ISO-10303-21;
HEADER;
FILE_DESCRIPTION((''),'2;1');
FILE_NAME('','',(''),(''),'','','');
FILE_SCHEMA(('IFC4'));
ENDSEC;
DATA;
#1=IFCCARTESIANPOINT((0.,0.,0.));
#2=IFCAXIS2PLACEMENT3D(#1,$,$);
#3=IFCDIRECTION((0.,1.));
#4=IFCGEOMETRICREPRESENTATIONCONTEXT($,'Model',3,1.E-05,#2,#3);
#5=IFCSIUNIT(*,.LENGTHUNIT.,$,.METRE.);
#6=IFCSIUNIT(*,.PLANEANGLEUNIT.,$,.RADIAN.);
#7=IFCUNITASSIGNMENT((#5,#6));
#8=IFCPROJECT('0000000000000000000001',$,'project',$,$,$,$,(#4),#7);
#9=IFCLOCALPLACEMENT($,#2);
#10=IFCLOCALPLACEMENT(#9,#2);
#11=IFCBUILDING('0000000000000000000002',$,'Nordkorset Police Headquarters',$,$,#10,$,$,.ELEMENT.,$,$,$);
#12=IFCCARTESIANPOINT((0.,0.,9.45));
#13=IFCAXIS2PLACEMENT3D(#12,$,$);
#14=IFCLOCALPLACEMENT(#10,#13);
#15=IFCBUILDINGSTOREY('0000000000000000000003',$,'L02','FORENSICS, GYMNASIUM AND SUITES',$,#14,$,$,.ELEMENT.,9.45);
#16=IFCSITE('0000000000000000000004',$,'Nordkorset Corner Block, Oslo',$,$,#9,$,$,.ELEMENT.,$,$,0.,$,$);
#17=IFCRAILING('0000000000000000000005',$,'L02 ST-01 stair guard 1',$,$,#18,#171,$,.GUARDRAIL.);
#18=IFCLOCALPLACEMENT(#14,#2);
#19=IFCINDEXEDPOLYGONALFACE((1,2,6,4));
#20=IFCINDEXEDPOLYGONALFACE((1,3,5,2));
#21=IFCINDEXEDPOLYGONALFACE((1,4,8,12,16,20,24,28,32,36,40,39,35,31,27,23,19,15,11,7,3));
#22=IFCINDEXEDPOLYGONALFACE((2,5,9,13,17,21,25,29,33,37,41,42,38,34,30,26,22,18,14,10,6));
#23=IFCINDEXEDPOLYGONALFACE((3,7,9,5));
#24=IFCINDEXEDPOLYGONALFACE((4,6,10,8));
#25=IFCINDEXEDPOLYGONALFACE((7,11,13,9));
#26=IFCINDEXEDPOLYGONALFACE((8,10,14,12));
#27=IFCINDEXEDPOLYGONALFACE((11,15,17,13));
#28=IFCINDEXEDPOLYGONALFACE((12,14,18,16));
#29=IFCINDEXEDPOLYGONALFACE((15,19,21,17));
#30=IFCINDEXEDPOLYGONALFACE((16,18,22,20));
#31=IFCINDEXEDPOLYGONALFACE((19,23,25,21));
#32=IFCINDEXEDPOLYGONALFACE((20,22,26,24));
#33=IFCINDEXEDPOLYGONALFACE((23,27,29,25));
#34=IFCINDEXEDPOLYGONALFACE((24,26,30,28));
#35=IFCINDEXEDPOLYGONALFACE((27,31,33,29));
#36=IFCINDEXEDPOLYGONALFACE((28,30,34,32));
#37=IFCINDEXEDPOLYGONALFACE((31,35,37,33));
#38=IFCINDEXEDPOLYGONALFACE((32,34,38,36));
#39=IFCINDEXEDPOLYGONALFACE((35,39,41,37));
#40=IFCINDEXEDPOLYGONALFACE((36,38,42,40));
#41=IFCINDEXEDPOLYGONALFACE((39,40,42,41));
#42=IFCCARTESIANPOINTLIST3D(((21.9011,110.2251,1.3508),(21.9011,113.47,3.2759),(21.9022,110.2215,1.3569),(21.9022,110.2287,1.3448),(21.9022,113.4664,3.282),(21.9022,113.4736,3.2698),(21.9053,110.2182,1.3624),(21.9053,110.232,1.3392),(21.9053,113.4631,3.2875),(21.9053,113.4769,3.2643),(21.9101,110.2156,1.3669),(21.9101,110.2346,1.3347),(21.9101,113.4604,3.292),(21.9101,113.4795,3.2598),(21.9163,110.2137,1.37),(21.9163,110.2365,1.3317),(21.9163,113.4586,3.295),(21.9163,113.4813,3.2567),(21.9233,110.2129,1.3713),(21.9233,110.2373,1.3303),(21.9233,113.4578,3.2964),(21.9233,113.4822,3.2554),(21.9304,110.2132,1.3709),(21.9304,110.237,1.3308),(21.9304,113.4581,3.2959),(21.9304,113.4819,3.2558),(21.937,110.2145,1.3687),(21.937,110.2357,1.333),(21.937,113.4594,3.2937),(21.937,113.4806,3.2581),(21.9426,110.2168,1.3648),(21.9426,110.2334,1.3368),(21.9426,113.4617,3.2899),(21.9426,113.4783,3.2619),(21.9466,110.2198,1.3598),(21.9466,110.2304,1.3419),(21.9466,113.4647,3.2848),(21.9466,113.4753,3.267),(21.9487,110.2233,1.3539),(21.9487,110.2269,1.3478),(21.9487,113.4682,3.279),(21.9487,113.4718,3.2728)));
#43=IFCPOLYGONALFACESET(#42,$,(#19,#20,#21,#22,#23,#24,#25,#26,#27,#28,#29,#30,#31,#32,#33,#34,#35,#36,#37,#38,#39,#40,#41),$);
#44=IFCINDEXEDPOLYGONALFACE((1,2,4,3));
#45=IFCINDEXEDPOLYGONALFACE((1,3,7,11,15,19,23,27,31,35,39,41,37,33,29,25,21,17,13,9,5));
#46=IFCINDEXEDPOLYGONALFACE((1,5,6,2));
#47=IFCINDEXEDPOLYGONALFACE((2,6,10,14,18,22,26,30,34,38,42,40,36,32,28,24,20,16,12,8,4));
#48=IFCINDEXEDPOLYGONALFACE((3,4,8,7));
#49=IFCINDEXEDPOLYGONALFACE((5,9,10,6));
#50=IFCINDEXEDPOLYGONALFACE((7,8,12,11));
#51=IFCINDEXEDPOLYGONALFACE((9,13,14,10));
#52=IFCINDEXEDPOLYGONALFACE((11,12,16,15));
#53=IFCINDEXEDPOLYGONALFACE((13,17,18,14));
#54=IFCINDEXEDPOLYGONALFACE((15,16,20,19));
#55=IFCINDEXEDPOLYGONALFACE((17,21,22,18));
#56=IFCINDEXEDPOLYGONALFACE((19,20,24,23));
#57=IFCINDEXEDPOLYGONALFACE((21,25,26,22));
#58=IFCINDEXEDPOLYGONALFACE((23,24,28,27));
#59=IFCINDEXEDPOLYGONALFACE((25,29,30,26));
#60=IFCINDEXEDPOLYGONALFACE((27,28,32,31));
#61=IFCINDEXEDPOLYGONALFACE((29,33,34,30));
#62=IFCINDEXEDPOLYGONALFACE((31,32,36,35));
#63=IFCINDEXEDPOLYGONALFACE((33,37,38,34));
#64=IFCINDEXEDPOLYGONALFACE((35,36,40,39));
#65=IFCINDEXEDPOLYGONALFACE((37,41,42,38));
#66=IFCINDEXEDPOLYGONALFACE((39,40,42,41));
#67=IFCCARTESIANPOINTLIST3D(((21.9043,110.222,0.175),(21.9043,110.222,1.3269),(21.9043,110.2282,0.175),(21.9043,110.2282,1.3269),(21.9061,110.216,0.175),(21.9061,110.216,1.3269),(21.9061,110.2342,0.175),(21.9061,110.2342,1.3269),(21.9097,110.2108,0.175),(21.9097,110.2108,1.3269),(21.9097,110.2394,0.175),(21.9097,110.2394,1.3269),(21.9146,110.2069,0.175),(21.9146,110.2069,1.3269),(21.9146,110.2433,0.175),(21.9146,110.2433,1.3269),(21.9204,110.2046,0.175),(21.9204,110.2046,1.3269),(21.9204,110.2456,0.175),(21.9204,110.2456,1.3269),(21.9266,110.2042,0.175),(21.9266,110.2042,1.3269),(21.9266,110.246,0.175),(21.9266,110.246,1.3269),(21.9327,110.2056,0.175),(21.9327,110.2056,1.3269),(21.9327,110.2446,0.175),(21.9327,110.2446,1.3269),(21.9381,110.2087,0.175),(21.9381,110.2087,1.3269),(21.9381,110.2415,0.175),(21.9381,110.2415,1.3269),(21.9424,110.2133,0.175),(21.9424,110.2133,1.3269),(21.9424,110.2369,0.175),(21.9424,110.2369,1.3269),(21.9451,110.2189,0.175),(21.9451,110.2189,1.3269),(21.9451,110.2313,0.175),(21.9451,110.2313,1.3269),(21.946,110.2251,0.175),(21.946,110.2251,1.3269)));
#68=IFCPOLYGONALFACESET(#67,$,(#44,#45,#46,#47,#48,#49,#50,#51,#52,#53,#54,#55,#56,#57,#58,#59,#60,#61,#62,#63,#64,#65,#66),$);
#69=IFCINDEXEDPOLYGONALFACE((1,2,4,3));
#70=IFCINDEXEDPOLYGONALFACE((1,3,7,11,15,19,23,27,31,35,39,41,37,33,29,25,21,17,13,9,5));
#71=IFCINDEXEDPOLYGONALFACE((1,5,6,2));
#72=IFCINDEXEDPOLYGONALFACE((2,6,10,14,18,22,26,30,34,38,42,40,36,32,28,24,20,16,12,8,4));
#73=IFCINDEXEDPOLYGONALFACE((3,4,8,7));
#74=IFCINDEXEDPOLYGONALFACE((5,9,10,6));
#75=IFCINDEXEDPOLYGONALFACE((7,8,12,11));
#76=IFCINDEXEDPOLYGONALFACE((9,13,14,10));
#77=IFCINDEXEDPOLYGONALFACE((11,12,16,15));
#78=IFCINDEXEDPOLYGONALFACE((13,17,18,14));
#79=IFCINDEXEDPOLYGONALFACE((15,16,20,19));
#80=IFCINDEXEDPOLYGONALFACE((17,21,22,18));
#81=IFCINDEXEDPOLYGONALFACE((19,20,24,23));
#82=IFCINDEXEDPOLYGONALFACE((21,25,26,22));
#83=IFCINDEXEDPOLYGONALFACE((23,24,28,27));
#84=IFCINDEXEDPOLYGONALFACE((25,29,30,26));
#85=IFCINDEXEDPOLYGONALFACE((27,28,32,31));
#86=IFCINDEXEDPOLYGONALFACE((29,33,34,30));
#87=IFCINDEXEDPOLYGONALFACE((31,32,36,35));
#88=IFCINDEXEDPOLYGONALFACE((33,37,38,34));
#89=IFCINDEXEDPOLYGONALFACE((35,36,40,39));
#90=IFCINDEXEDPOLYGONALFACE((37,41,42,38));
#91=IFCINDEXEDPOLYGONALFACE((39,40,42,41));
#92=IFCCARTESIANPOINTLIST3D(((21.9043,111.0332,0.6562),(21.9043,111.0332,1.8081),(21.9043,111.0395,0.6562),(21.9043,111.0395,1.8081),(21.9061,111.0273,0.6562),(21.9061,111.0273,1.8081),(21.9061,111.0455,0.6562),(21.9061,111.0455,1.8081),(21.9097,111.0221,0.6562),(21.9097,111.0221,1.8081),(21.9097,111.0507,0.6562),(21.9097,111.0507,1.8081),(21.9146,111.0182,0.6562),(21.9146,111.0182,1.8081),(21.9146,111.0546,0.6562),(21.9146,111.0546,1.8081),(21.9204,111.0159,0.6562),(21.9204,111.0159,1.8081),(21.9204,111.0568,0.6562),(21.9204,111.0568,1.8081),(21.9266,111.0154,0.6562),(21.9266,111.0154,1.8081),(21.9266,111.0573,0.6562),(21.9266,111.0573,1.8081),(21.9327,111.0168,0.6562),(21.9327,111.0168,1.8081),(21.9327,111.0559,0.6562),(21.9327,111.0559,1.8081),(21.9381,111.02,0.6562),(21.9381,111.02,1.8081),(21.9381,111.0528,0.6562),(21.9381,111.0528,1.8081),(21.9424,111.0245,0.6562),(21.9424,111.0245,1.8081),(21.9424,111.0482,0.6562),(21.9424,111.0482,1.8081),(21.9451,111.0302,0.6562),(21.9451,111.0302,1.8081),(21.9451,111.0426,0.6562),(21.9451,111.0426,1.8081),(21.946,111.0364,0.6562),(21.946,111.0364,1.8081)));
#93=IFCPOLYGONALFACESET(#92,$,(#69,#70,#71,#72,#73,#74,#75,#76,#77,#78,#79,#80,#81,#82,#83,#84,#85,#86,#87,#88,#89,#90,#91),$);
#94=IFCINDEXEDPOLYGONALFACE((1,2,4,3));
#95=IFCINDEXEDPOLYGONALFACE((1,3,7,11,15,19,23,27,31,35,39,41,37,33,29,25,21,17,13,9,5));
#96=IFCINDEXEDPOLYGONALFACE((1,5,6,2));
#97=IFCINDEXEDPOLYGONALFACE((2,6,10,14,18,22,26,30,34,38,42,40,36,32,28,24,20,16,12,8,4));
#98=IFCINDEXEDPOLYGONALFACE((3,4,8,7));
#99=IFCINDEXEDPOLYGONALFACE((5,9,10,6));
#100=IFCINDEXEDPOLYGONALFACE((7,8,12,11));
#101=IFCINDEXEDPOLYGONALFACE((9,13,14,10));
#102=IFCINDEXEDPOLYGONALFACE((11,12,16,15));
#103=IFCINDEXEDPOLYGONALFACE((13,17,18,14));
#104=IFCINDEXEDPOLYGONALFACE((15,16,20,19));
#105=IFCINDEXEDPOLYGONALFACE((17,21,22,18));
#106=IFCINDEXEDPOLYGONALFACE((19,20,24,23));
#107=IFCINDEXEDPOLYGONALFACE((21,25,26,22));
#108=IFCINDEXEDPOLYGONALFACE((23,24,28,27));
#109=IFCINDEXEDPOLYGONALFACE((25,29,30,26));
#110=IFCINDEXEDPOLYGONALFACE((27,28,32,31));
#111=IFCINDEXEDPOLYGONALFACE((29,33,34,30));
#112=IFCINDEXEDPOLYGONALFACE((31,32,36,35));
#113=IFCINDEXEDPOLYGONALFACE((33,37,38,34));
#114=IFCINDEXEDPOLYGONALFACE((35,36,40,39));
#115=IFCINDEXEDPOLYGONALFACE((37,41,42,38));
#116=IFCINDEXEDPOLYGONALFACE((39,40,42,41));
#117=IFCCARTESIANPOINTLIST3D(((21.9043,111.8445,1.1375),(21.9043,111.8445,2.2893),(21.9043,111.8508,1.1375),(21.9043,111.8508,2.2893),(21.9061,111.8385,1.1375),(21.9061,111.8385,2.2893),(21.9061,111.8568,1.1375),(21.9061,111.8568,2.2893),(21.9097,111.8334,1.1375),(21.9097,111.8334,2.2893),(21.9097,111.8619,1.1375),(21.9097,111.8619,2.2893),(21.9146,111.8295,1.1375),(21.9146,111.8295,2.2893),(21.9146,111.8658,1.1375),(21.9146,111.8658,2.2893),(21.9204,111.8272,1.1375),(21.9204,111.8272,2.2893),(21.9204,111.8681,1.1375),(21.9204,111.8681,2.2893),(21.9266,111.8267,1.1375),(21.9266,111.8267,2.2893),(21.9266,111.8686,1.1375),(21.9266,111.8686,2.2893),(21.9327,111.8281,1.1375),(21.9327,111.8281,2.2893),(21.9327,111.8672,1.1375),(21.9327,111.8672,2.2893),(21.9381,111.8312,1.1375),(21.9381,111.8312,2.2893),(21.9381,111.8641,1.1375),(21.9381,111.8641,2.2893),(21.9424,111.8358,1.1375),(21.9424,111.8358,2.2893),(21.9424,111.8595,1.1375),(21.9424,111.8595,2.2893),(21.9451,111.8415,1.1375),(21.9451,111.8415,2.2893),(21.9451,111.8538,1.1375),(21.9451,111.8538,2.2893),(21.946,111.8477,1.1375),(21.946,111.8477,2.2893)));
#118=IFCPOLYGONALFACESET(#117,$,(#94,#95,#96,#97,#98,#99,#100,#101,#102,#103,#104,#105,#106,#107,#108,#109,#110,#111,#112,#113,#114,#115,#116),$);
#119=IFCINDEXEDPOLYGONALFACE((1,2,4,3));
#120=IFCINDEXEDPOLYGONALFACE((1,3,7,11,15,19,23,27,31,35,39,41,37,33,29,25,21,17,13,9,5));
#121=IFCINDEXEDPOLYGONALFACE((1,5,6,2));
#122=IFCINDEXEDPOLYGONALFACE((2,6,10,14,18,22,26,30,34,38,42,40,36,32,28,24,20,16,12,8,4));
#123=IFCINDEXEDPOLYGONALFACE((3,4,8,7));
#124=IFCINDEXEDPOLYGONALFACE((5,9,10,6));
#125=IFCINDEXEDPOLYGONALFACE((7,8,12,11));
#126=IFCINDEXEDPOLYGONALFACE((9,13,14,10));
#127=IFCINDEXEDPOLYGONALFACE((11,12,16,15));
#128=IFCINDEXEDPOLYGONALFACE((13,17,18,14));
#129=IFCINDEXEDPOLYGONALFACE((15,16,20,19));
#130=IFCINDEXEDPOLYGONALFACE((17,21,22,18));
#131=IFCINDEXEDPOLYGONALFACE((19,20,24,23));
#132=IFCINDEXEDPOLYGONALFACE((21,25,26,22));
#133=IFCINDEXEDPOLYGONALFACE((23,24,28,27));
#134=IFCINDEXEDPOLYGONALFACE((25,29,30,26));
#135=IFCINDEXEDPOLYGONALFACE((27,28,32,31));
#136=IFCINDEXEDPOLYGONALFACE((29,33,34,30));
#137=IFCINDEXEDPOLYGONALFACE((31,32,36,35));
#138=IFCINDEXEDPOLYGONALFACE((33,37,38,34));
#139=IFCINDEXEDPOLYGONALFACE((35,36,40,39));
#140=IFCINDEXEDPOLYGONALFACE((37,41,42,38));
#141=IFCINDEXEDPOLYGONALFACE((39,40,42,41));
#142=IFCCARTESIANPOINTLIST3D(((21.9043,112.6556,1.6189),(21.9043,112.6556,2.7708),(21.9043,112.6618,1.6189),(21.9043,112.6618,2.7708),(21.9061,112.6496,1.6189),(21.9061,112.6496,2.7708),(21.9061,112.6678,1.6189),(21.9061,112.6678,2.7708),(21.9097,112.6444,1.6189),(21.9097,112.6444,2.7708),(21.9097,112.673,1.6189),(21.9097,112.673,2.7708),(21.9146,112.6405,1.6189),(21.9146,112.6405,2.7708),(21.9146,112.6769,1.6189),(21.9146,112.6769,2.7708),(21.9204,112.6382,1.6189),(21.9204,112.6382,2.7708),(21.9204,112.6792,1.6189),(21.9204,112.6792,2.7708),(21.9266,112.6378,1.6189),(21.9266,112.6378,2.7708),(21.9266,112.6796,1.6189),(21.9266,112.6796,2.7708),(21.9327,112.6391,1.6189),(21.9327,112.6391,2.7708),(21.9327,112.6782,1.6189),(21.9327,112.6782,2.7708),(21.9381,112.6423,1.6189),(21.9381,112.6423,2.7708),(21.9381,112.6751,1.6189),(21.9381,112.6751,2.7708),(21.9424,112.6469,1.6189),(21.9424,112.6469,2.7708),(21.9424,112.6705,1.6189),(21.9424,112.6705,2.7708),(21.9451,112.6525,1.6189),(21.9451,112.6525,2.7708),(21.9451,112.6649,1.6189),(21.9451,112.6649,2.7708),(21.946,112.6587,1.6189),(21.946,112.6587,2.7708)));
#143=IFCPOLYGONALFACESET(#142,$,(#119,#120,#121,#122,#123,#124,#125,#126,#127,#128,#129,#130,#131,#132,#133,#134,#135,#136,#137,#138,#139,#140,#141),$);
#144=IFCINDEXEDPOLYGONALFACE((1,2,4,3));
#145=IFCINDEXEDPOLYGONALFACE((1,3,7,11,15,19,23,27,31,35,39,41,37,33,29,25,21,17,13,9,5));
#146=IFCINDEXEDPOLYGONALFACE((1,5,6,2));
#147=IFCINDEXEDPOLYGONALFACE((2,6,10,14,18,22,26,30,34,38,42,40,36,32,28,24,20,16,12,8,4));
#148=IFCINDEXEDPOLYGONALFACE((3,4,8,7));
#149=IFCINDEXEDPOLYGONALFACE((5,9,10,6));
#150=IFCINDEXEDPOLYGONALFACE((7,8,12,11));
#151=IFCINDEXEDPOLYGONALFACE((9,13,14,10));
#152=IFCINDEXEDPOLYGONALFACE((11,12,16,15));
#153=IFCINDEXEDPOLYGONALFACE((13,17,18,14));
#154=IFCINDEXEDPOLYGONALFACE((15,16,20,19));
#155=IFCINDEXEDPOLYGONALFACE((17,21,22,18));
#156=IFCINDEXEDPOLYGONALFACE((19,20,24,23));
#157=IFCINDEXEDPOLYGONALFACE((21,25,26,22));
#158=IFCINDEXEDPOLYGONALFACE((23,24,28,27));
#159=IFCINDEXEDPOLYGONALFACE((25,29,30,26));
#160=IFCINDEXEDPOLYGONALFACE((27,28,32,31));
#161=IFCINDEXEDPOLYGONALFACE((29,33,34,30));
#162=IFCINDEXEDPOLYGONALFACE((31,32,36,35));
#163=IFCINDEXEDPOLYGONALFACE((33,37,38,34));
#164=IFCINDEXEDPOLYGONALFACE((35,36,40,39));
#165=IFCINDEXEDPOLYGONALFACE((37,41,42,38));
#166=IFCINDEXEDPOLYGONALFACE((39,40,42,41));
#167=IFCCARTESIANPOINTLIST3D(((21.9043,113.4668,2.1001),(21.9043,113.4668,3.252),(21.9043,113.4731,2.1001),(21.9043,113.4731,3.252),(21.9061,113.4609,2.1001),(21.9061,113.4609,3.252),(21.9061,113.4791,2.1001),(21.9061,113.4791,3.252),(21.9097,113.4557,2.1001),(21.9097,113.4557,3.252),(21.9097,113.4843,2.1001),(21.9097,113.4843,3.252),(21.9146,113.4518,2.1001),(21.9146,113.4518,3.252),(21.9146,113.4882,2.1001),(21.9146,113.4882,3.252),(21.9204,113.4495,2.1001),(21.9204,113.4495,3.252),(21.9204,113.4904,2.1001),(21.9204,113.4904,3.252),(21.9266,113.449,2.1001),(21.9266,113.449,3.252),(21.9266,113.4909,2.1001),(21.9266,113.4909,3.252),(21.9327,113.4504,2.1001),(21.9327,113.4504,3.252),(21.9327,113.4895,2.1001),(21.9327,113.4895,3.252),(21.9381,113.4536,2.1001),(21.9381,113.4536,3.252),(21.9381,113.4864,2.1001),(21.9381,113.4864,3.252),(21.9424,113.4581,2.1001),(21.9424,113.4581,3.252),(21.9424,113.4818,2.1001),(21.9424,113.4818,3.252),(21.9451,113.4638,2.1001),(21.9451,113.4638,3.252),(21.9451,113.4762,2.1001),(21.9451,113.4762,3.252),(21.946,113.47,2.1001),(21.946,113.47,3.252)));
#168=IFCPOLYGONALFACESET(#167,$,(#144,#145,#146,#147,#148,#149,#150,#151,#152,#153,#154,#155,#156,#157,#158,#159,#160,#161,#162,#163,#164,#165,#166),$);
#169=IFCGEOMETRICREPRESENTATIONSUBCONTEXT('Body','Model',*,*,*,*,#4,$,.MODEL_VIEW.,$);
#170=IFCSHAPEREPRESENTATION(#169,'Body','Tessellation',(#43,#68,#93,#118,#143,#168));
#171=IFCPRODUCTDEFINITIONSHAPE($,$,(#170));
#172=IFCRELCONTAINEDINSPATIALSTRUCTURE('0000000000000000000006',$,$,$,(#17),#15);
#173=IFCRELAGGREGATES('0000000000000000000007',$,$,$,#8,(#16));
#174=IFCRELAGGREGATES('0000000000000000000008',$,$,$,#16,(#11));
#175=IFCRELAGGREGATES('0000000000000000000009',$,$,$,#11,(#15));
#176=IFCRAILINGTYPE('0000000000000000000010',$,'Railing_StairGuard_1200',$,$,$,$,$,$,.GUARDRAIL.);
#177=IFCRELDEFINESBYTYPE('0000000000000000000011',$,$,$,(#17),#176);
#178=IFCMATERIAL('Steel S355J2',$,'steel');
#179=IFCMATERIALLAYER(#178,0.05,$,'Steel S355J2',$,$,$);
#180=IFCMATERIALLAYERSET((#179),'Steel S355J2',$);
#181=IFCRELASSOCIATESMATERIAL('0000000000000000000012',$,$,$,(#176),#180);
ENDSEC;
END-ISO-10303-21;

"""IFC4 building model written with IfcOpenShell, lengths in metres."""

from ifc_helpers import new_model, si_unit, direction, frame, origin, origin_2d, place, context, subcontext, project, spatial, circle, extrude, material, layer, layer_set, type_object, element, save


model = new_model("IFC4")

# Units and contexts
model_context = context("Model", 3, precision=1e-05, world=origin(), true_north=direction((0.0, 1.0)))
body_context = subcontext(model_context, "Body", "Model", "MODEL_VIEW")
ifc_project = project(units=[si_unit("LENGTHUNIT", "METRE"), si_unit("PLANEANGLEUNIT", "RADIAN")], contexts=[model_context])

# Site, building, storey
site_placement = place(None, origin())
site = spatial("IfcSite", under=ifc_project, at=site_placement, Name="Nordkorset Corner Block, Oslo", CompositionType="ELEMENT", RefElevation=0.0)
building_placement = place(site_placement, origin())
building = spatial("IfcBuilding", under=site, at=building_placement, Name="Nordkorset Police Headquarters", CompositionType="ELEMENT")
storey_placement = place(building_placement, frame((0.0, 0.0, 9.45)))
storey = spatial("IfcBuildingStorey", under=building, at=storey_placement, Name="L02", Description="FORENSICS, GYMNASIUM AND SUITES", CompositionType="ELEMENT", Elevation=9.45)

# Railing
ifc_material_1 = material(Name="Steel S355J2", Category="steel")
ifc_layer_1 = layer(ifc_material_1, 0.05, Name="Steel S355J2")
ifc_layer_set_1 = layer_set([ifc_layer_1], Name="Steel S355J2")
railing_type = type_object("IfcRailingType", Name="Railing_StairGuard_1200", PredefinedType="GUARDRAIL", material=ifc_layer_set_1)
railing_1_placement = place(storey_placement, frame((21.925, 110.2251, 0.175)))
element("IfcRailing", 1, at=railing_1_placement, inside=storey, type_object=railing_type, Name="L02 ST-01 stair guard 1", PredefinedType="GUARDRAIL", context=body_context, shape_type="SweptSolid", body=[
    extrude(circle(Radius=0.0239, at=origin_2d()), frame((0.0, 0.0, 1.1758), z_axis=(0.0, 0.86004, 0.510226), x_axis=(-1.0, 0.0, 0.0)), (0.0, 0.0, 1.0), 3.7729),
    extrude(circle(Radius=0.021, at=origin_2d()), origin(), (0.0, 0.0, 1.0), 1.1519),
    extrude(circle(Radius=0.021, at=origin_2d()), frame((0.0, 0.8113, 0.4812)), (0.0, 0.0, 1.0), 1.1519),
    extrude(circle(Radius=0.021, at=origin_2d()), frame((0.0, 1.6226, 0.9624)), (0.0, 0.0, 1.0), 1.1519),
    extrude(circle(Radius=0.021, at=origin_2d()), frame((0.0, 2.4336, 1.4438)), (0.0, 0.0, 1.0), 1.1519),
    extrude(circle(Radius=0.021, at=origin_2d()), frame((0.0, 3.2449, 1.925)), (0.0, 0.0, 1.0), 1.1519),
])

save(model, "model.ifc")
